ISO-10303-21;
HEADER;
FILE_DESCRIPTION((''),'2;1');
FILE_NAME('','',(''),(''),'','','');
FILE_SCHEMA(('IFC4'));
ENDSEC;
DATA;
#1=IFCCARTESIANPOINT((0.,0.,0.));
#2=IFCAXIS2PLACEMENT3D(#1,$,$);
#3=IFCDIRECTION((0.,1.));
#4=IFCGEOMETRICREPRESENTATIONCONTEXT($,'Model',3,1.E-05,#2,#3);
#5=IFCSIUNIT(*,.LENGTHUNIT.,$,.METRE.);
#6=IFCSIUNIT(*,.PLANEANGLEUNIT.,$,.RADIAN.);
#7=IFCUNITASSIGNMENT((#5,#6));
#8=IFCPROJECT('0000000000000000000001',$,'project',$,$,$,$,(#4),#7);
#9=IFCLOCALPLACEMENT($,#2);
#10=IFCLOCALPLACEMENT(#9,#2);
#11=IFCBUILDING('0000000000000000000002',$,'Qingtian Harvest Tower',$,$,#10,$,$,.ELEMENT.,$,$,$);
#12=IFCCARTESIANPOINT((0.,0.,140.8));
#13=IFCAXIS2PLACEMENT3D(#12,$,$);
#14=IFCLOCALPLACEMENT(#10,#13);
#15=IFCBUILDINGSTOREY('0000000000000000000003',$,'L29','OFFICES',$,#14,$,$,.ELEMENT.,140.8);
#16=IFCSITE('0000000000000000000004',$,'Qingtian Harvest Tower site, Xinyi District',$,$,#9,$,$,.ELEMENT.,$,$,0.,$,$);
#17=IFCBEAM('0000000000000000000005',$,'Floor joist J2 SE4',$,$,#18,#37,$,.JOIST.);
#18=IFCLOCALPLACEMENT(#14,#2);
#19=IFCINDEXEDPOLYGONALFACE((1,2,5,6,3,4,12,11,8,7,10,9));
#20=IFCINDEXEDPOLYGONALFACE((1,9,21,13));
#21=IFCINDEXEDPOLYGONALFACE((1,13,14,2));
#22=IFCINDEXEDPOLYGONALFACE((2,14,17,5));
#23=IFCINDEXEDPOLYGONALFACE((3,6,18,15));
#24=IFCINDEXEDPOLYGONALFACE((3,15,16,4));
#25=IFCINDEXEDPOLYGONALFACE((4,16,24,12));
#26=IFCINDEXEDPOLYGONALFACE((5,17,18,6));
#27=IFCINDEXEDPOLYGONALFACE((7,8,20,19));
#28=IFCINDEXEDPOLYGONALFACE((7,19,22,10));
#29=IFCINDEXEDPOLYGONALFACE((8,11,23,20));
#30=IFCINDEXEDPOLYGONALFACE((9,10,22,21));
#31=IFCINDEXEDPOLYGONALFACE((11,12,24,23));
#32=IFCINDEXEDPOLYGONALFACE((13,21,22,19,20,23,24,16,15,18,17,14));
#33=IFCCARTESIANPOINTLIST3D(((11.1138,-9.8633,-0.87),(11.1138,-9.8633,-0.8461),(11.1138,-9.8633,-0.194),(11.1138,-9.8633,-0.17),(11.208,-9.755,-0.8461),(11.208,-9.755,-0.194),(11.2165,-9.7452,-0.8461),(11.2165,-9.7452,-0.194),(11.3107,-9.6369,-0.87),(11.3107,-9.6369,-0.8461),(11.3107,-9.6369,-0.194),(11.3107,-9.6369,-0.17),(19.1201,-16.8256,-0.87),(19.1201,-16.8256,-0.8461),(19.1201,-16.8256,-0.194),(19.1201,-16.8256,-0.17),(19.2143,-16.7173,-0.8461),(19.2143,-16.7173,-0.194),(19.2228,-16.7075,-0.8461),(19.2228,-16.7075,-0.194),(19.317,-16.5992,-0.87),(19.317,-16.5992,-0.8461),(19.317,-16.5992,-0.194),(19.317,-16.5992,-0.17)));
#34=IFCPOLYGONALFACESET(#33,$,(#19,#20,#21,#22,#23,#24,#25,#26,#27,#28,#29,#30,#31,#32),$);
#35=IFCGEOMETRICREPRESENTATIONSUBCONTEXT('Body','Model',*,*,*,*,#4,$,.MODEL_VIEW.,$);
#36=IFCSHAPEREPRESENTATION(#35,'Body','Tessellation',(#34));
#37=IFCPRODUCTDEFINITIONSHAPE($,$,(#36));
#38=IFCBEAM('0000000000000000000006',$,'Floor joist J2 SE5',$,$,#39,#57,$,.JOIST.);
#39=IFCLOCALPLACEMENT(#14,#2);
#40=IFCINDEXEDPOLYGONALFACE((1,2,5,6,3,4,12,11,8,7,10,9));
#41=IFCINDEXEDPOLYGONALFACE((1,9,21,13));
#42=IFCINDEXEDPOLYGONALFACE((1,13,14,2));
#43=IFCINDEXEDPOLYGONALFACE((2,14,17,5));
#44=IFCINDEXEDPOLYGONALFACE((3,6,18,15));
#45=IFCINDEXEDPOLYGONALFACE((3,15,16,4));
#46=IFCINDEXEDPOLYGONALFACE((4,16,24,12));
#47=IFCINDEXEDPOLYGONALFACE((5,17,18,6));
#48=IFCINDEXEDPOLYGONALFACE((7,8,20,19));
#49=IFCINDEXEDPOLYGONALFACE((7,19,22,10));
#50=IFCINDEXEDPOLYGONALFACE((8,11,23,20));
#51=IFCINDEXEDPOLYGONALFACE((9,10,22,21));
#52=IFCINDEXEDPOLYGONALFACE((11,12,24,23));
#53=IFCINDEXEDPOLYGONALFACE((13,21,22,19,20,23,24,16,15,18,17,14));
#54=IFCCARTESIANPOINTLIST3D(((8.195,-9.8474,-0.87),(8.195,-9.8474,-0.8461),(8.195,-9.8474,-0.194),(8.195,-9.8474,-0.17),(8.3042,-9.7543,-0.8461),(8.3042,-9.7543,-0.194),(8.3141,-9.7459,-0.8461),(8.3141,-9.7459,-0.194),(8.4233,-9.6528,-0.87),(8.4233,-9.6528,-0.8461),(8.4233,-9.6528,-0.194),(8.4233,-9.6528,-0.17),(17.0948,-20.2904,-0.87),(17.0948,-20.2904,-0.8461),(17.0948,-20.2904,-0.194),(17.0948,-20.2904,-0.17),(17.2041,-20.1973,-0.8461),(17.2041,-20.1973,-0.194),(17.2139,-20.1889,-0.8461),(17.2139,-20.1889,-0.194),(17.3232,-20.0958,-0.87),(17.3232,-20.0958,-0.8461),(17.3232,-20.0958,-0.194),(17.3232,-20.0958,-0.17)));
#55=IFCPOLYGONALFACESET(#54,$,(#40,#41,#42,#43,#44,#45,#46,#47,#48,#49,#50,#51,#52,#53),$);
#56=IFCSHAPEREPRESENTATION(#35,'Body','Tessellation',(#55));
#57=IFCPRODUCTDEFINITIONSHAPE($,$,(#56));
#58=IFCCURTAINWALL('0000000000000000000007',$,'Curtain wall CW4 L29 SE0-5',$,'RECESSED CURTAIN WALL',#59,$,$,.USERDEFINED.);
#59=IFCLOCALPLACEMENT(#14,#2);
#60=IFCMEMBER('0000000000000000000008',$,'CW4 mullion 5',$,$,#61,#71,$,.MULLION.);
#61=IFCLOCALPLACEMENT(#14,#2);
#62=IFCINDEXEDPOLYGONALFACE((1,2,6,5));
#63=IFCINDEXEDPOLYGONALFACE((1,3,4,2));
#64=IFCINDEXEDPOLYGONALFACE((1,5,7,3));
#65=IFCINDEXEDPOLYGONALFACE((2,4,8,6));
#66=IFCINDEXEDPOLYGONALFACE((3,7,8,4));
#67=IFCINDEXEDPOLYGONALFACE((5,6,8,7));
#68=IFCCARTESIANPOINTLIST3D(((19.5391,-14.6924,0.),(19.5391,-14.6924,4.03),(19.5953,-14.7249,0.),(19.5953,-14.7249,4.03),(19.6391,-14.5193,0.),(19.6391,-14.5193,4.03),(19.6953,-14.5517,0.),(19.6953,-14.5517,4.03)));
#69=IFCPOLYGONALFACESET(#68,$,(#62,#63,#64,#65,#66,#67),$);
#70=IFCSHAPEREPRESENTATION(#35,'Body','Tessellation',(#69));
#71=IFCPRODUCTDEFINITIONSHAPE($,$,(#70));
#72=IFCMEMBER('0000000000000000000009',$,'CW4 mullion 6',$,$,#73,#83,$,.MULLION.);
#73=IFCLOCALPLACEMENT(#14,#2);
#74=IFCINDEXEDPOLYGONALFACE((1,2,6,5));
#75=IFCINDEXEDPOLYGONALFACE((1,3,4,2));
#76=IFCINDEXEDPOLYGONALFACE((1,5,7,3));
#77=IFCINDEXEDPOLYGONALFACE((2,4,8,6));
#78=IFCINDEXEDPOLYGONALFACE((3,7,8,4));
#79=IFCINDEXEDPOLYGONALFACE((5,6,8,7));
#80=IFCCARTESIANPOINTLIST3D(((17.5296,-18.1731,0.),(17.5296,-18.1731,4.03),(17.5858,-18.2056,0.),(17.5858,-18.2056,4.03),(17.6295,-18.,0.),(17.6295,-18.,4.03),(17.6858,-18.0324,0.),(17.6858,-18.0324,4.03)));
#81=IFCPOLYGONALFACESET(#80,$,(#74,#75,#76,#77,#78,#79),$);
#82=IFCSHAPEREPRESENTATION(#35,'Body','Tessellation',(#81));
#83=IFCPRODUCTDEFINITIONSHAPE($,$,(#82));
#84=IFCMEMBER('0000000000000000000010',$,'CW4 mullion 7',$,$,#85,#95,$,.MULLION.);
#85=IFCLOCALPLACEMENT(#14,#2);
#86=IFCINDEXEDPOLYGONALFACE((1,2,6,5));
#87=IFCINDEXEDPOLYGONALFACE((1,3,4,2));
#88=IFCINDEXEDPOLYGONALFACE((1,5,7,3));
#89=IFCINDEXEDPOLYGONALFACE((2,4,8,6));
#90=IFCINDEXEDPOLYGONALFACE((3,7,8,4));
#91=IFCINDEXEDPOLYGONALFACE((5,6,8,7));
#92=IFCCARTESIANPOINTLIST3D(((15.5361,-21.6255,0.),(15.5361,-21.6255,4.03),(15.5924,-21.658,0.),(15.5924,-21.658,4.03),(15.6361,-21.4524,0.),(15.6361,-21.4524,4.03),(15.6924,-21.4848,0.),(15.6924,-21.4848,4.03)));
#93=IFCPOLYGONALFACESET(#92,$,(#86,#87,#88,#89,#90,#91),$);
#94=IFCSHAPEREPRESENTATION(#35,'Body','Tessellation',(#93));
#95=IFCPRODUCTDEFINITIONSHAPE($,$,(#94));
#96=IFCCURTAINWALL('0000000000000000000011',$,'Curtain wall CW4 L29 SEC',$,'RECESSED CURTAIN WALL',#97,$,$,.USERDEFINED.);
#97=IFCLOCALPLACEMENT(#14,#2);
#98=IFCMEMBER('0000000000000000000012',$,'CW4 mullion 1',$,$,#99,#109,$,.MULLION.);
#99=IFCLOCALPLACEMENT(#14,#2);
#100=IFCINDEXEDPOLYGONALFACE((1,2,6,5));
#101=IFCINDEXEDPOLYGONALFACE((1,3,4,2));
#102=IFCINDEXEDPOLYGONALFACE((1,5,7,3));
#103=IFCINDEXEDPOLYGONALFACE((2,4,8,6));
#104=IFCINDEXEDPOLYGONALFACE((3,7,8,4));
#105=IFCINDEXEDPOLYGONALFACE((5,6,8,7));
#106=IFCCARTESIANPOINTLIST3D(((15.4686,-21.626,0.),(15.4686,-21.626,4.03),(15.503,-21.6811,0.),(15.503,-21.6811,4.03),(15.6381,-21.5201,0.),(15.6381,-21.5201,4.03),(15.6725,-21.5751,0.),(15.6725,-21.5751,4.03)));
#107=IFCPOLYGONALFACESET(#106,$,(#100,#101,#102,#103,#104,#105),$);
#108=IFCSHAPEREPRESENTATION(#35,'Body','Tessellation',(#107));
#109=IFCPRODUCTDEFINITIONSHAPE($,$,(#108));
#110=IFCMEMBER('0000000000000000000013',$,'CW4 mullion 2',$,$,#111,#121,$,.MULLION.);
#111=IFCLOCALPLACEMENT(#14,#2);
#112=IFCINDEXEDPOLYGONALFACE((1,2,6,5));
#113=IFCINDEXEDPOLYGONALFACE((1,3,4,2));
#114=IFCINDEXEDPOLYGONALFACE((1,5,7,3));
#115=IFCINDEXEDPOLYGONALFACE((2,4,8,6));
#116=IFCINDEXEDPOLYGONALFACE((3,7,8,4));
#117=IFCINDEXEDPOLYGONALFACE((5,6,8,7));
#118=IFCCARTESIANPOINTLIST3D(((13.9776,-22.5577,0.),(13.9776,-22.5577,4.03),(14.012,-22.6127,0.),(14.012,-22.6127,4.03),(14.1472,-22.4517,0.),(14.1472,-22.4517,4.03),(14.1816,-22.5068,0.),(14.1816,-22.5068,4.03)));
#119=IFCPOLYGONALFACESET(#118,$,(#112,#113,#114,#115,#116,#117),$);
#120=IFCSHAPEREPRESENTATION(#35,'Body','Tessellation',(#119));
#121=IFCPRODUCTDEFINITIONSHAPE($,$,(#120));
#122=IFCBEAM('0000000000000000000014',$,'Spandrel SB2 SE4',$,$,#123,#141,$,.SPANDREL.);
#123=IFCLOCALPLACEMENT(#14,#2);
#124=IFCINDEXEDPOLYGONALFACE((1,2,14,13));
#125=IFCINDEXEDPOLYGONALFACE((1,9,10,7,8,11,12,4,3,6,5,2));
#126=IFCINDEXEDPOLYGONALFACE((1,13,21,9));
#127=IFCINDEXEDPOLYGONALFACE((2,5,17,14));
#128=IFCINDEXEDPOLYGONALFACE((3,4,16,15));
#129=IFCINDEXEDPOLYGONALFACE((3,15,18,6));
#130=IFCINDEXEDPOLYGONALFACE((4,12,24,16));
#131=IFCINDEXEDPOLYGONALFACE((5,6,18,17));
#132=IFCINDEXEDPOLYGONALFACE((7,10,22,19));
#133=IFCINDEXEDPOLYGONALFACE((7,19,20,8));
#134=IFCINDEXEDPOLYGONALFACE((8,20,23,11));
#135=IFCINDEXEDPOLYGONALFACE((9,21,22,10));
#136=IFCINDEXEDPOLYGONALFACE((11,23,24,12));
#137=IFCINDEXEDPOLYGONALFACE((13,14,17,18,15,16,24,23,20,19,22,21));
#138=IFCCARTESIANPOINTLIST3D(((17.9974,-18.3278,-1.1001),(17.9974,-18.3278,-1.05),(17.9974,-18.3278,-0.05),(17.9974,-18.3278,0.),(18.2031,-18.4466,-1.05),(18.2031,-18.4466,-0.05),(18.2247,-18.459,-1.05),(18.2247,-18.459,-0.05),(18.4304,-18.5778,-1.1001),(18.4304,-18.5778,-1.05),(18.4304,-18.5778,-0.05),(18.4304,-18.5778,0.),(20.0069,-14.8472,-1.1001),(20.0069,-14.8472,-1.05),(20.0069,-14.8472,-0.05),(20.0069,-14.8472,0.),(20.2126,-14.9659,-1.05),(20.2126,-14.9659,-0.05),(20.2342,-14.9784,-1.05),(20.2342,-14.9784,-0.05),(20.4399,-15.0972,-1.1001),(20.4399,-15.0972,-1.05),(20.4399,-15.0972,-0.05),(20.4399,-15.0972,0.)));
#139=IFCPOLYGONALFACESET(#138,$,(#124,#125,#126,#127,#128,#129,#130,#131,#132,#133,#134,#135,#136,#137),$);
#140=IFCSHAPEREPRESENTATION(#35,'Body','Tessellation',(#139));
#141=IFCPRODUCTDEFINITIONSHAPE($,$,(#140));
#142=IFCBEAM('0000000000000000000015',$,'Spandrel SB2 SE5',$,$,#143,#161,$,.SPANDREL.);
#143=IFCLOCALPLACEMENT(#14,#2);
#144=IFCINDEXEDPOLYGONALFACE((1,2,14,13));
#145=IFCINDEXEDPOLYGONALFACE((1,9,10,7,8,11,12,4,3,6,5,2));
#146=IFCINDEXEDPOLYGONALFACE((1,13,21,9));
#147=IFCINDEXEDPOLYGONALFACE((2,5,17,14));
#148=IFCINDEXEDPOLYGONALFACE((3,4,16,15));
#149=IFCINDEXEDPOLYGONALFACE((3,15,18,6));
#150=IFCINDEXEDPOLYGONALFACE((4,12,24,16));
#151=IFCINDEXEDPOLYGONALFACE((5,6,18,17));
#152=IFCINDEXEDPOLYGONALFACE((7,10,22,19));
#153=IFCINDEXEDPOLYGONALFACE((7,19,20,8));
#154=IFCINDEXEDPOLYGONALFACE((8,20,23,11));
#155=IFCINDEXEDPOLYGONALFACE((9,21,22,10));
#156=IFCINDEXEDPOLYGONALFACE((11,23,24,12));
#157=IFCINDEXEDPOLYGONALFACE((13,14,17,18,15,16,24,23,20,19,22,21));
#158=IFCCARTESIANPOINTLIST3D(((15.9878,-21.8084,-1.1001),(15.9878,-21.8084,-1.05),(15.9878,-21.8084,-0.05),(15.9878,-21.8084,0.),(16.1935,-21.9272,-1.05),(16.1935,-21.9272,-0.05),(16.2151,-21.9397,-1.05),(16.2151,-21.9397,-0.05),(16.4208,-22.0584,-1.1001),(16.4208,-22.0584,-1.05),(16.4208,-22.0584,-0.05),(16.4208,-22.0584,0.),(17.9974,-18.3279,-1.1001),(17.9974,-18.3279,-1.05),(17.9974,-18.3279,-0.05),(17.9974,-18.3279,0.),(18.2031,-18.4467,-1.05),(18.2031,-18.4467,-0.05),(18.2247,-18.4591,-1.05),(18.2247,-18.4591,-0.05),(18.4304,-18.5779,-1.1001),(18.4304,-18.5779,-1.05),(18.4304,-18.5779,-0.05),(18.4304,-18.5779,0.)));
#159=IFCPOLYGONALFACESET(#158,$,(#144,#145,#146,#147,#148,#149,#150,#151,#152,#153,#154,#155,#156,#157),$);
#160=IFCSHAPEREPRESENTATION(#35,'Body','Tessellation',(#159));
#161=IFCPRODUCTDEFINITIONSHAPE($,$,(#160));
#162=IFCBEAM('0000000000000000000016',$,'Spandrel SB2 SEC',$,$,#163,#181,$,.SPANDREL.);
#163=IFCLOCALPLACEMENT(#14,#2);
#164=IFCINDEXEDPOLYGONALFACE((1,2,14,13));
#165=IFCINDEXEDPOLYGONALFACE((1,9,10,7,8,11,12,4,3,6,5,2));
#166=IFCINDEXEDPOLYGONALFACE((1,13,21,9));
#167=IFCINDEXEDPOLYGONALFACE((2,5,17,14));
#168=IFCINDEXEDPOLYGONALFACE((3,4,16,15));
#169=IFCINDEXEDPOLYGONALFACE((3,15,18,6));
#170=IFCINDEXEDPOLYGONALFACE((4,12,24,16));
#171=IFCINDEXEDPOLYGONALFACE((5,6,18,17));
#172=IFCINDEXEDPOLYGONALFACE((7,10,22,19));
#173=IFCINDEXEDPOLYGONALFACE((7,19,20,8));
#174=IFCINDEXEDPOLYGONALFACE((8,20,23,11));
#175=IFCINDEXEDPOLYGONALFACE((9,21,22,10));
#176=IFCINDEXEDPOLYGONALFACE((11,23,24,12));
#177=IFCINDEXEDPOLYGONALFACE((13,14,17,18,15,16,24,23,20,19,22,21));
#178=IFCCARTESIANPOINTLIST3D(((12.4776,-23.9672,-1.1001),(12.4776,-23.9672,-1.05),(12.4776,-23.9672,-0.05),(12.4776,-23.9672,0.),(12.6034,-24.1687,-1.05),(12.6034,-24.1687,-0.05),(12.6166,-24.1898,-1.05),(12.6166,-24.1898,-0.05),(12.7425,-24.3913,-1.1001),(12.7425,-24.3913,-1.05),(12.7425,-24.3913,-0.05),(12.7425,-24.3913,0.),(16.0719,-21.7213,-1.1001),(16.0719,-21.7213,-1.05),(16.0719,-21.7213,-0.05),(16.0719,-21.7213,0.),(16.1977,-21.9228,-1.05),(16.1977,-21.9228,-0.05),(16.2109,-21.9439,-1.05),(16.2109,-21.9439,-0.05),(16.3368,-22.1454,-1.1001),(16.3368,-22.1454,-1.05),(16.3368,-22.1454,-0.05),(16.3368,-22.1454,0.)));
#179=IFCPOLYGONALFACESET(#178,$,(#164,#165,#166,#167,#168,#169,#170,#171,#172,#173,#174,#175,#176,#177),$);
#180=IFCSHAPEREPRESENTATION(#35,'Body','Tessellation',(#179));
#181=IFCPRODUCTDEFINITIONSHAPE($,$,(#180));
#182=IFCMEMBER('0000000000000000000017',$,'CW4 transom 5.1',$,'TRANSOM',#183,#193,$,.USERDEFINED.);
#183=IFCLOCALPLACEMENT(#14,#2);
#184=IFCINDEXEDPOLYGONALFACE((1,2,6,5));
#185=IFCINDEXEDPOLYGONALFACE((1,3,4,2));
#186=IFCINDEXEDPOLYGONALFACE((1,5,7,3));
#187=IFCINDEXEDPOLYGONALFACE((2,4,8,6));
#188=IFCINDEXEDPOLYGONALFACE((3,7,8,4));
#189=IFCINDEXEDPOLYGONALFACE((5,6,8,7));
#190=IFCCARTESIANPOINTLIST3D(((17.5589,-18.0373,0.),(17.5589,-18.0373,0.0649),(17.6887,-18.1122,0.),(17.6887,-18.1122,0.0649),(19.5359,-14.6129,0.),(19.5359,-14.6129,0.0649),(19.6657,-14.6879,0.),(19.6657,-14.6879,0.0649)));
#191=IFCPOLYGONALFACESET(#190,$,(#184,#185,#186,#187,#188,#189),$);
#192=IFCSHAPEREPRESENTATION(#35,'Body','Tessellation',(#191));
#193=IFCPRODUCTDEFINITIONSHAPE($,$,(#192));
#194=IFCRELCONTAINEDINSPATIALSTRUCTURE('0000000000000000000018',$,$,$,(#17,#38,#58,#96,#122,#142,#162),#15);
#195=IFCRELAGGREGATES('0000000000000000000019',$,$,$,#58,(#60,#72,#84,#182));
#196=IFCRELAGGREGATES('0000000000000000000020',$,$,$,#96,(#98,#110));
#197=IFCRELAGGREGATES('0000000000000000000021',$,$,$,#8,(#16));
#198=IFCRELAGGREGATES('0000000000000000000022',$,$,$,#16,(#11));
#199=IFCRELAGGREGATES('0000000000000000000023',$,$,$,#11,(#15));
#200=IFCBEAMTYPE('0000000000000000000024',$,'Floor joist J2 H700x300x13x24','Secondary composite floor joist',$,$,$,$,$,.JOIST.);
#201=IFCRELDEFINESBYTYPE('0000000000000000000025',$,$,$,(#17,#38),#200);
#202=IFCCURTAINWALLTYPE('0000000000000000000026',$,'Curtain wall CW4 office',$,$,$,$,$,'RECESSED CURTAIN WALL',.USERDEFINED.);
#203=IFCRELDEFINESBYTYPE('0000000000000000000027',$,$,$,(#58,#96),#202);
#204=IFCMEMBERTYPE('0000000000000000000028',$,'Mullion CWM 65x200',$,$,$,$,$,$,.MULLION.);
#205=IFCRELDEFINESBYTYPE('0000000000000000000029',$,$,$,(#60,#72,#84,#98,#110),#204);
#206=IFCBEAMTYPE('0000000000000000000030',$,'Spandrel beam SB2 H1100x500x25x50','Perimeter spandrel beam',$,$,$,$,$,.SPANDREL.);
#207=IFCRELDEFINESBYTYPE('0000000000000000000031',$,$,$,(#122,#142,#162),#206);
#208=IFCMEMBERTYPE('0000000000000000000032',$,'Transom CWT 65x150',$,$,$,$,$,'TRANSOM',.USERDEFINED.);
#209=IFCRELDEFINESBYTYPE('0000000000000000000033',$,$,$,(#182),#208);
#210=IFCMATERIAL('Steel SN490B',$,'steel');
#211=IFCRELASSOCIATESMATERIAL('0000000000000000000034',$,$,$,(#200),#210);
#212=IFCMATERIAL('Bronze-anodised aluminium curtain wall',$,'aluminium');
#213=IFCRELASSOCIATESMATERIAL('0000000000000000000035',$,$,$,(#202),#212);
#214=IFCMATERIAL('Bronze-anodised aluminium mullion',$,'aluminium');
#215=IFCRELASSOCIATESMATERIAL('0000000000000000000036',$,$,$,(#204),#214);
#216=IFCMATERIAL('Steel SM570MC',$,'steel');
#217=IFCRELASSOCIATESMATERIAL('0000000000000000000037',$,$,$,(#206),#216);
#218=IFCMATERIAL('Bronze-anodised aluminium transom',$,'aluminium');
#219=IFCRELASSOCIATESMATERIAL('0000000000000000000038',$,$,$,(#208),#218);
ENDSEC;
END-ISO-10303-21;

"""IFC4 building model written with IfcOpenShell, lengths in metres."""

from ifc_helpers import new_model, si_unit, direction, frame, origin, origin_2d, place, context, subcontext, project, spatial, rectangle, i_section, extrude, material, material_profile, profile_set, type_object, element, aggregate, save


model = new_model("IFC4")

# Units and contexts
model_context = context("Model", 3, precision=1e-05, world=origin(), true_north=direction((0.0, 1.0)))
body_context = subcontext(model_context, "Body", "Model", "MODEL_VIEW")
ifc_project = project(units=[si_unit("LENGTHUNIT", "METRE"), si_unit("PLANEANGLEUNIT", "RADIAN")], contexts=[model_context])

# Site, building, storey
site_placement = place(None, origin())
site = spatial("IfcSite", under=ifc_project, at=site_placement, Name="Qingtian Harvest Tower site, Xinyi District", CompositionType="ELEMENT", RefElevation=0.0)
building_placement = place(site_placement, origin())
building = spatial("IfcBuilding", under=site, at=building_placement, Name="Qingtian Harvest Tower", CompositionType="ELEMENT")
storey_placement = place(building_placement, frame((0.0, 0.0, 140.8)))
storey = spatial("IfcBuildingStorey", under=building, at=storey_placement, Name="L29", Description="OFFICES", CompositionType="ELEMENT", Elevation=140.8)

# Beams
ifc_material_1 = material(Name="Steel SN490B", Category="steel")
ifc_material_profile_1 = material_profile(ifc_material_1, i_section(OverallWidth=0.3, OverallDepth=0.7, WebThickness=0.0129, FlangeThickness=0.0239, at=origin_2d()), Name="H700x300x13x24")
ifc_profile_set_1 = profile_set([ifc_material_profile_1], Name="Steel SN490B")
beam_type_1 = type_object("IfcBeamType", Name="Floor joist J2 H700x300x13x24", Description="Secondary composite floor joist", PredefinedType="JOIST", material=ifc_profile_set_1)
beam_1_placement = place(storey_placement, frame((19.2185, -16.7124, -0.52), z_axis=(-0.754589, 0.656198, 0.0), x_axis=(-0.656198, -0.754589, 0.0)))
element("IfcBeam", 1, at=beam_1_placement, inside=storey, type_object=beam_type_1, Name="Floor joist J2 SE4", PredefinedType="JOIST", context=body_context, shape_type="SweptSolid", body=[
    extrude(i_section(OverallWidth=0.3, OverallDepth=0.7, WebThickness=0.0129, FlangeThickness=0.0239, at=origin_2d()), origin(), (0.0, 0.0, 1.0), 10.6101),
])
beam_2_placement = place(storey_placement, frame((17.209, -20.1931, -0.52), z_axis=(-0.648632, 0.761102, 0.0), x_axis=(-0.761102, -0.648632, 0.0)))
element("IfcBeam", 2, at=beam_2_placement, inside=storey, type_object=beam_type_1, Name="Floor joist J2 SE5", PredefinedType="JOIST", context=body_context, shape_type="SweptSolid", body=[
    extrude(i_section(OverallWidth=0.3, OverallDepth=0.7, WebThickness=0.0129, FlangeThickness=0.0239, at=origin_2d()), origin(), (0.0, 0.0, 1.0), 13.7209),
])

# Curtain walls, members
ifc_material_2 = material(Name="Bronze-anodised aluminium curtain wall", Category="aluminium")
curtain_wall_type = type_object("IfcCurtainWallType", Name="Curtain wall CW4 office", ElementType="RECESSED CURTAIN WALL", PredefinedType="USERDEFINED", material=ifc_material_2)
curtain_wall_1_placement = place(storey_placement, origin())
curtain_wall_1 = element("IfcCurtainWall", 3, at=curtain_wall_1_placement, inside=storey, type_object=curtain_wall_type, Name="Curtain wall CW4 L29 SE0-5", ObjectType="RECESSED CURTAIN WALL", PredefinedType="USERDEFINED")
ifc_material_3 = material(Name="Bronze-anodised aluminium mullion", Category="aluminium")
ifc_material_profile_2 = material_profile(ifc_material_3, rectangle(XDim=0.0649, YDim=0.2, at=origin_2d()), Name="AL 65x200")
ifc_profile_set_2 = profile_set([ifc_material_profile_2], Name="Bronze-anodised aluminium mullion")
member_type_1 = type_object("IfcMemberType", Name="Mullion CWM 65x200", PredefinedType="MULLION", material=ifc_profile_set_2)
member_1_placement = place(storey_placement, frame((19.6172, -14.6221, 0.0), z_axis=(0.0, 0.0, 1.0), x_axis=(0.866025, -0.5, 0.0)))
member_1 = element("IfcMember", 4, at=member_1_placement, type_object=member_type_1, Name="CW4 mullion 5", PredefinedType="MULLION", context=body_context, shape_type="SweptSolid", body=[
    extrude(rectangle(XDim=0.0649, YDim=0.2, at=origin_2d()), origin(), (0.0, 0.0, 1.0), 4.03),
])
member_2_placement = place(storey_placement, frame((17.6077, -18.1028, 0.0), z_axis=(0.0, 0.0, 1.0), x_axis=(0.866025, -0.5, 0.0)))
member_2 = element("IfcMember", 5, at=member_2_placement, type_object=member_type_1, Name="CW4 mullion 6", PredefinedType="MULLION", context=body_context, shape_type="SweptSolid", body=[
    extrude(rectangle(XDim=0.0649, YDim=0.2, at=origin_2d()), origin(), (0.0, 0.0, 1.0), 4.03),
])
member_3_placement = place(storey_placement, frame((15.6143, -21.5552, 0.0), z_axis=(0.0, 0.0, 1.0), x_axis=(0.866025, -0.5, 0.0)))
member_3 = element("IfcMember", 6, at=member_3_placement, type_object=member_type_1, Name="CW4 mullion 7", PredefinedType="MULLION", context=body_context, shape_type="SweptSolid", body=[
    extrude(rectangle(XDim=0.0649, YDim=0.2, at=origin_2d()), origin(), (0.0, 0.0, 1.0), 4.03),
])
curtain_wall_2_placement = place(storey_placement, origin())
curtain_wall_2 = element("IfcCurtainWall", 7, at=curtain_wall_2_placement, inside=storey, type_object=curtain_wall_type, Name="Curtain wall CW4 L29 SEC", ObjectType="RECESSED CURTAIN WALL", PredefinedType="USERDEFINED")
member_4_placement = place(storey_placement, frame((15.5706, -21.6006, 0.0), z_axis=(0.0, 0.0, 1.0), x_axis=(0.529919, -0.848048, 0.0)))
member_4 = element("IfcMember", 8, at=member_4_placement, type_object=member_type_1, Name="CW4 mullion 1", PredefinedType="MULLION", context=body_context, shape_type="SweptSolid", body=[
    extrude(rectangle(XDim=0.0649, YDim=0.2, at=origin_2d()), origin(), (0.0, 0.0, 1.0), 4.03),
])
member_5_placement = place(storey_placement, frame((14.0796, -22.5322, 0.0), z_axis=(0.0, 0.0, 1.0), x_axis=(0.529919, -0.848048, 0.0)))
member_5 = element("IfcMember", 9, at=member_5_placement, type_object=member_type_1, Name="CW4 mullion 2", PredefinedType="MULLION", context=body_context, shape_type="SweptSolid", body=[
    extrude(rectangle(XDim=0.0649, YDim=0.2, at=origin_2d()), origin(), (0.0, 0.0, 1.0), 4.03),
])

# Beams
ifc_material_4 = material(Name="Steel SM570MC", Category="steel")
ifc_material_profile_3 = material_profile(ifc_material_4, i_section(OverallWidth=0.5, OverallDepth=1.1001, WebThickness=0.0249, FlangeThickness=0.05, at=origin_2d()), Name="H1100x500x25x50")
ifc_profile_set_3 = profile_set([ifc_material_profile_3], Name="Steel SM570MC")
beam_type_2 = type_object("IfcBeamType", Name="Spandrel beam SB2 H1100x500x25x50", Description="Perimeter spandrel beam", PredefinedType="SPANDREL", material=ifc_profile_set_3)
for number, where, z_axis, x_axis, name in (
    (10, (20.2234, -14.9722, -0.55), (-0.499987, -0.866033, 0.0), (0.866033, -0.499987, 0.0), "Spandrel SB2 SE4"),
    (11, (18.2139, -18.4529, -0.55), (-0.500013, -0.866018, 0.0), (0.866018, -0.500013, 0.0), "Spandrel SB2 SE5"),
):
    element("IfcBeam", number, at=place(storey_placement, frame(where, z_axis=z_axis, x_axis=x_axis)), inside=storey, type_object=beam_type_2, Name=name, PredefinedType="SPANDREL", context=body_context, shape_type="SweptSolid", body=[
        extrude(i_section(OverallWidth=0.5, OverallDepth=1.1001, WebThickness=0.0249, FlangeThickness=0.05, at=origin_2d()), origin(), (0.0, 0.0, 1.0), 4.019),
    ])
beam_3_placement = place(storey_placement, frame((16.2043, -21.9333, -0.55), z_axis=(-0.848057, -0.529906, 0.0), x_axis=(0.529906, -0.848057, 0.0)))
element("IfcBeam", 12, at=beam_3_placement, inside=storey, type_object=beam_type_2, Name="Spandrel SB2 SEC", PredefinedType="SPANDREL", context=body_context, shape_type="SweptSolid", body=[
    extrude(i_section(OverallWidth=0.5, OverallDepth=1.1001, WebThickness=0.0249, FlangeThickness=0.05, at=origin_2d()), origin(), (0.0, 0.0, 1.0), 4.2383),
])

# Member
ifc_material_5 = material(Name="Bronze-anodised aluminium transom", Category="aluminium")
ifc_material_profile_4 = material_profile(ifc_material_5, rectangle(XDim=0.1499, YDim=0.0649, at=origin_2d()), Name="AL 65x150")
ifc_profile_set_4 = profile_set([ifc_material_profile_4], Name="Bronze-anodised aluminium transom")
member_type_2 = type_object("IfcMemberType", Name="Transom CWT 65x150", ElementType="TRANSOM", PredefinedType="USERDEFINED", material=ifc_profile_set_4)
member_6_placement = place(storey_placement, frame((19.6008, -14.6504, 0.0325), z_axis=(-0.500004, -0.866023, 0.0), x_axis=(0.866023, -0.500004, 0.0)))
member_6 = element("IfcMember", 13, at=member_6_placement, type_object=member_type_2, Name="CW4 transom 5.1", ObjectType="TRANSOM", PredefinedType="USERDEFINED", context=body_context, shape_type="SweptSolid", body=[
    extrude(rectangle(XDim=0.1499, YDim=0.0649, at=origin_2d()), origin(), (0.0, 0.0, 1.0), 3.9541),
])

aggregate(curtain_wall_1, [member_1, member_2, member_3, member_6])
aggregate(curtain_wall_2, [member_4, member_5])

save(model, "model.ifc")
